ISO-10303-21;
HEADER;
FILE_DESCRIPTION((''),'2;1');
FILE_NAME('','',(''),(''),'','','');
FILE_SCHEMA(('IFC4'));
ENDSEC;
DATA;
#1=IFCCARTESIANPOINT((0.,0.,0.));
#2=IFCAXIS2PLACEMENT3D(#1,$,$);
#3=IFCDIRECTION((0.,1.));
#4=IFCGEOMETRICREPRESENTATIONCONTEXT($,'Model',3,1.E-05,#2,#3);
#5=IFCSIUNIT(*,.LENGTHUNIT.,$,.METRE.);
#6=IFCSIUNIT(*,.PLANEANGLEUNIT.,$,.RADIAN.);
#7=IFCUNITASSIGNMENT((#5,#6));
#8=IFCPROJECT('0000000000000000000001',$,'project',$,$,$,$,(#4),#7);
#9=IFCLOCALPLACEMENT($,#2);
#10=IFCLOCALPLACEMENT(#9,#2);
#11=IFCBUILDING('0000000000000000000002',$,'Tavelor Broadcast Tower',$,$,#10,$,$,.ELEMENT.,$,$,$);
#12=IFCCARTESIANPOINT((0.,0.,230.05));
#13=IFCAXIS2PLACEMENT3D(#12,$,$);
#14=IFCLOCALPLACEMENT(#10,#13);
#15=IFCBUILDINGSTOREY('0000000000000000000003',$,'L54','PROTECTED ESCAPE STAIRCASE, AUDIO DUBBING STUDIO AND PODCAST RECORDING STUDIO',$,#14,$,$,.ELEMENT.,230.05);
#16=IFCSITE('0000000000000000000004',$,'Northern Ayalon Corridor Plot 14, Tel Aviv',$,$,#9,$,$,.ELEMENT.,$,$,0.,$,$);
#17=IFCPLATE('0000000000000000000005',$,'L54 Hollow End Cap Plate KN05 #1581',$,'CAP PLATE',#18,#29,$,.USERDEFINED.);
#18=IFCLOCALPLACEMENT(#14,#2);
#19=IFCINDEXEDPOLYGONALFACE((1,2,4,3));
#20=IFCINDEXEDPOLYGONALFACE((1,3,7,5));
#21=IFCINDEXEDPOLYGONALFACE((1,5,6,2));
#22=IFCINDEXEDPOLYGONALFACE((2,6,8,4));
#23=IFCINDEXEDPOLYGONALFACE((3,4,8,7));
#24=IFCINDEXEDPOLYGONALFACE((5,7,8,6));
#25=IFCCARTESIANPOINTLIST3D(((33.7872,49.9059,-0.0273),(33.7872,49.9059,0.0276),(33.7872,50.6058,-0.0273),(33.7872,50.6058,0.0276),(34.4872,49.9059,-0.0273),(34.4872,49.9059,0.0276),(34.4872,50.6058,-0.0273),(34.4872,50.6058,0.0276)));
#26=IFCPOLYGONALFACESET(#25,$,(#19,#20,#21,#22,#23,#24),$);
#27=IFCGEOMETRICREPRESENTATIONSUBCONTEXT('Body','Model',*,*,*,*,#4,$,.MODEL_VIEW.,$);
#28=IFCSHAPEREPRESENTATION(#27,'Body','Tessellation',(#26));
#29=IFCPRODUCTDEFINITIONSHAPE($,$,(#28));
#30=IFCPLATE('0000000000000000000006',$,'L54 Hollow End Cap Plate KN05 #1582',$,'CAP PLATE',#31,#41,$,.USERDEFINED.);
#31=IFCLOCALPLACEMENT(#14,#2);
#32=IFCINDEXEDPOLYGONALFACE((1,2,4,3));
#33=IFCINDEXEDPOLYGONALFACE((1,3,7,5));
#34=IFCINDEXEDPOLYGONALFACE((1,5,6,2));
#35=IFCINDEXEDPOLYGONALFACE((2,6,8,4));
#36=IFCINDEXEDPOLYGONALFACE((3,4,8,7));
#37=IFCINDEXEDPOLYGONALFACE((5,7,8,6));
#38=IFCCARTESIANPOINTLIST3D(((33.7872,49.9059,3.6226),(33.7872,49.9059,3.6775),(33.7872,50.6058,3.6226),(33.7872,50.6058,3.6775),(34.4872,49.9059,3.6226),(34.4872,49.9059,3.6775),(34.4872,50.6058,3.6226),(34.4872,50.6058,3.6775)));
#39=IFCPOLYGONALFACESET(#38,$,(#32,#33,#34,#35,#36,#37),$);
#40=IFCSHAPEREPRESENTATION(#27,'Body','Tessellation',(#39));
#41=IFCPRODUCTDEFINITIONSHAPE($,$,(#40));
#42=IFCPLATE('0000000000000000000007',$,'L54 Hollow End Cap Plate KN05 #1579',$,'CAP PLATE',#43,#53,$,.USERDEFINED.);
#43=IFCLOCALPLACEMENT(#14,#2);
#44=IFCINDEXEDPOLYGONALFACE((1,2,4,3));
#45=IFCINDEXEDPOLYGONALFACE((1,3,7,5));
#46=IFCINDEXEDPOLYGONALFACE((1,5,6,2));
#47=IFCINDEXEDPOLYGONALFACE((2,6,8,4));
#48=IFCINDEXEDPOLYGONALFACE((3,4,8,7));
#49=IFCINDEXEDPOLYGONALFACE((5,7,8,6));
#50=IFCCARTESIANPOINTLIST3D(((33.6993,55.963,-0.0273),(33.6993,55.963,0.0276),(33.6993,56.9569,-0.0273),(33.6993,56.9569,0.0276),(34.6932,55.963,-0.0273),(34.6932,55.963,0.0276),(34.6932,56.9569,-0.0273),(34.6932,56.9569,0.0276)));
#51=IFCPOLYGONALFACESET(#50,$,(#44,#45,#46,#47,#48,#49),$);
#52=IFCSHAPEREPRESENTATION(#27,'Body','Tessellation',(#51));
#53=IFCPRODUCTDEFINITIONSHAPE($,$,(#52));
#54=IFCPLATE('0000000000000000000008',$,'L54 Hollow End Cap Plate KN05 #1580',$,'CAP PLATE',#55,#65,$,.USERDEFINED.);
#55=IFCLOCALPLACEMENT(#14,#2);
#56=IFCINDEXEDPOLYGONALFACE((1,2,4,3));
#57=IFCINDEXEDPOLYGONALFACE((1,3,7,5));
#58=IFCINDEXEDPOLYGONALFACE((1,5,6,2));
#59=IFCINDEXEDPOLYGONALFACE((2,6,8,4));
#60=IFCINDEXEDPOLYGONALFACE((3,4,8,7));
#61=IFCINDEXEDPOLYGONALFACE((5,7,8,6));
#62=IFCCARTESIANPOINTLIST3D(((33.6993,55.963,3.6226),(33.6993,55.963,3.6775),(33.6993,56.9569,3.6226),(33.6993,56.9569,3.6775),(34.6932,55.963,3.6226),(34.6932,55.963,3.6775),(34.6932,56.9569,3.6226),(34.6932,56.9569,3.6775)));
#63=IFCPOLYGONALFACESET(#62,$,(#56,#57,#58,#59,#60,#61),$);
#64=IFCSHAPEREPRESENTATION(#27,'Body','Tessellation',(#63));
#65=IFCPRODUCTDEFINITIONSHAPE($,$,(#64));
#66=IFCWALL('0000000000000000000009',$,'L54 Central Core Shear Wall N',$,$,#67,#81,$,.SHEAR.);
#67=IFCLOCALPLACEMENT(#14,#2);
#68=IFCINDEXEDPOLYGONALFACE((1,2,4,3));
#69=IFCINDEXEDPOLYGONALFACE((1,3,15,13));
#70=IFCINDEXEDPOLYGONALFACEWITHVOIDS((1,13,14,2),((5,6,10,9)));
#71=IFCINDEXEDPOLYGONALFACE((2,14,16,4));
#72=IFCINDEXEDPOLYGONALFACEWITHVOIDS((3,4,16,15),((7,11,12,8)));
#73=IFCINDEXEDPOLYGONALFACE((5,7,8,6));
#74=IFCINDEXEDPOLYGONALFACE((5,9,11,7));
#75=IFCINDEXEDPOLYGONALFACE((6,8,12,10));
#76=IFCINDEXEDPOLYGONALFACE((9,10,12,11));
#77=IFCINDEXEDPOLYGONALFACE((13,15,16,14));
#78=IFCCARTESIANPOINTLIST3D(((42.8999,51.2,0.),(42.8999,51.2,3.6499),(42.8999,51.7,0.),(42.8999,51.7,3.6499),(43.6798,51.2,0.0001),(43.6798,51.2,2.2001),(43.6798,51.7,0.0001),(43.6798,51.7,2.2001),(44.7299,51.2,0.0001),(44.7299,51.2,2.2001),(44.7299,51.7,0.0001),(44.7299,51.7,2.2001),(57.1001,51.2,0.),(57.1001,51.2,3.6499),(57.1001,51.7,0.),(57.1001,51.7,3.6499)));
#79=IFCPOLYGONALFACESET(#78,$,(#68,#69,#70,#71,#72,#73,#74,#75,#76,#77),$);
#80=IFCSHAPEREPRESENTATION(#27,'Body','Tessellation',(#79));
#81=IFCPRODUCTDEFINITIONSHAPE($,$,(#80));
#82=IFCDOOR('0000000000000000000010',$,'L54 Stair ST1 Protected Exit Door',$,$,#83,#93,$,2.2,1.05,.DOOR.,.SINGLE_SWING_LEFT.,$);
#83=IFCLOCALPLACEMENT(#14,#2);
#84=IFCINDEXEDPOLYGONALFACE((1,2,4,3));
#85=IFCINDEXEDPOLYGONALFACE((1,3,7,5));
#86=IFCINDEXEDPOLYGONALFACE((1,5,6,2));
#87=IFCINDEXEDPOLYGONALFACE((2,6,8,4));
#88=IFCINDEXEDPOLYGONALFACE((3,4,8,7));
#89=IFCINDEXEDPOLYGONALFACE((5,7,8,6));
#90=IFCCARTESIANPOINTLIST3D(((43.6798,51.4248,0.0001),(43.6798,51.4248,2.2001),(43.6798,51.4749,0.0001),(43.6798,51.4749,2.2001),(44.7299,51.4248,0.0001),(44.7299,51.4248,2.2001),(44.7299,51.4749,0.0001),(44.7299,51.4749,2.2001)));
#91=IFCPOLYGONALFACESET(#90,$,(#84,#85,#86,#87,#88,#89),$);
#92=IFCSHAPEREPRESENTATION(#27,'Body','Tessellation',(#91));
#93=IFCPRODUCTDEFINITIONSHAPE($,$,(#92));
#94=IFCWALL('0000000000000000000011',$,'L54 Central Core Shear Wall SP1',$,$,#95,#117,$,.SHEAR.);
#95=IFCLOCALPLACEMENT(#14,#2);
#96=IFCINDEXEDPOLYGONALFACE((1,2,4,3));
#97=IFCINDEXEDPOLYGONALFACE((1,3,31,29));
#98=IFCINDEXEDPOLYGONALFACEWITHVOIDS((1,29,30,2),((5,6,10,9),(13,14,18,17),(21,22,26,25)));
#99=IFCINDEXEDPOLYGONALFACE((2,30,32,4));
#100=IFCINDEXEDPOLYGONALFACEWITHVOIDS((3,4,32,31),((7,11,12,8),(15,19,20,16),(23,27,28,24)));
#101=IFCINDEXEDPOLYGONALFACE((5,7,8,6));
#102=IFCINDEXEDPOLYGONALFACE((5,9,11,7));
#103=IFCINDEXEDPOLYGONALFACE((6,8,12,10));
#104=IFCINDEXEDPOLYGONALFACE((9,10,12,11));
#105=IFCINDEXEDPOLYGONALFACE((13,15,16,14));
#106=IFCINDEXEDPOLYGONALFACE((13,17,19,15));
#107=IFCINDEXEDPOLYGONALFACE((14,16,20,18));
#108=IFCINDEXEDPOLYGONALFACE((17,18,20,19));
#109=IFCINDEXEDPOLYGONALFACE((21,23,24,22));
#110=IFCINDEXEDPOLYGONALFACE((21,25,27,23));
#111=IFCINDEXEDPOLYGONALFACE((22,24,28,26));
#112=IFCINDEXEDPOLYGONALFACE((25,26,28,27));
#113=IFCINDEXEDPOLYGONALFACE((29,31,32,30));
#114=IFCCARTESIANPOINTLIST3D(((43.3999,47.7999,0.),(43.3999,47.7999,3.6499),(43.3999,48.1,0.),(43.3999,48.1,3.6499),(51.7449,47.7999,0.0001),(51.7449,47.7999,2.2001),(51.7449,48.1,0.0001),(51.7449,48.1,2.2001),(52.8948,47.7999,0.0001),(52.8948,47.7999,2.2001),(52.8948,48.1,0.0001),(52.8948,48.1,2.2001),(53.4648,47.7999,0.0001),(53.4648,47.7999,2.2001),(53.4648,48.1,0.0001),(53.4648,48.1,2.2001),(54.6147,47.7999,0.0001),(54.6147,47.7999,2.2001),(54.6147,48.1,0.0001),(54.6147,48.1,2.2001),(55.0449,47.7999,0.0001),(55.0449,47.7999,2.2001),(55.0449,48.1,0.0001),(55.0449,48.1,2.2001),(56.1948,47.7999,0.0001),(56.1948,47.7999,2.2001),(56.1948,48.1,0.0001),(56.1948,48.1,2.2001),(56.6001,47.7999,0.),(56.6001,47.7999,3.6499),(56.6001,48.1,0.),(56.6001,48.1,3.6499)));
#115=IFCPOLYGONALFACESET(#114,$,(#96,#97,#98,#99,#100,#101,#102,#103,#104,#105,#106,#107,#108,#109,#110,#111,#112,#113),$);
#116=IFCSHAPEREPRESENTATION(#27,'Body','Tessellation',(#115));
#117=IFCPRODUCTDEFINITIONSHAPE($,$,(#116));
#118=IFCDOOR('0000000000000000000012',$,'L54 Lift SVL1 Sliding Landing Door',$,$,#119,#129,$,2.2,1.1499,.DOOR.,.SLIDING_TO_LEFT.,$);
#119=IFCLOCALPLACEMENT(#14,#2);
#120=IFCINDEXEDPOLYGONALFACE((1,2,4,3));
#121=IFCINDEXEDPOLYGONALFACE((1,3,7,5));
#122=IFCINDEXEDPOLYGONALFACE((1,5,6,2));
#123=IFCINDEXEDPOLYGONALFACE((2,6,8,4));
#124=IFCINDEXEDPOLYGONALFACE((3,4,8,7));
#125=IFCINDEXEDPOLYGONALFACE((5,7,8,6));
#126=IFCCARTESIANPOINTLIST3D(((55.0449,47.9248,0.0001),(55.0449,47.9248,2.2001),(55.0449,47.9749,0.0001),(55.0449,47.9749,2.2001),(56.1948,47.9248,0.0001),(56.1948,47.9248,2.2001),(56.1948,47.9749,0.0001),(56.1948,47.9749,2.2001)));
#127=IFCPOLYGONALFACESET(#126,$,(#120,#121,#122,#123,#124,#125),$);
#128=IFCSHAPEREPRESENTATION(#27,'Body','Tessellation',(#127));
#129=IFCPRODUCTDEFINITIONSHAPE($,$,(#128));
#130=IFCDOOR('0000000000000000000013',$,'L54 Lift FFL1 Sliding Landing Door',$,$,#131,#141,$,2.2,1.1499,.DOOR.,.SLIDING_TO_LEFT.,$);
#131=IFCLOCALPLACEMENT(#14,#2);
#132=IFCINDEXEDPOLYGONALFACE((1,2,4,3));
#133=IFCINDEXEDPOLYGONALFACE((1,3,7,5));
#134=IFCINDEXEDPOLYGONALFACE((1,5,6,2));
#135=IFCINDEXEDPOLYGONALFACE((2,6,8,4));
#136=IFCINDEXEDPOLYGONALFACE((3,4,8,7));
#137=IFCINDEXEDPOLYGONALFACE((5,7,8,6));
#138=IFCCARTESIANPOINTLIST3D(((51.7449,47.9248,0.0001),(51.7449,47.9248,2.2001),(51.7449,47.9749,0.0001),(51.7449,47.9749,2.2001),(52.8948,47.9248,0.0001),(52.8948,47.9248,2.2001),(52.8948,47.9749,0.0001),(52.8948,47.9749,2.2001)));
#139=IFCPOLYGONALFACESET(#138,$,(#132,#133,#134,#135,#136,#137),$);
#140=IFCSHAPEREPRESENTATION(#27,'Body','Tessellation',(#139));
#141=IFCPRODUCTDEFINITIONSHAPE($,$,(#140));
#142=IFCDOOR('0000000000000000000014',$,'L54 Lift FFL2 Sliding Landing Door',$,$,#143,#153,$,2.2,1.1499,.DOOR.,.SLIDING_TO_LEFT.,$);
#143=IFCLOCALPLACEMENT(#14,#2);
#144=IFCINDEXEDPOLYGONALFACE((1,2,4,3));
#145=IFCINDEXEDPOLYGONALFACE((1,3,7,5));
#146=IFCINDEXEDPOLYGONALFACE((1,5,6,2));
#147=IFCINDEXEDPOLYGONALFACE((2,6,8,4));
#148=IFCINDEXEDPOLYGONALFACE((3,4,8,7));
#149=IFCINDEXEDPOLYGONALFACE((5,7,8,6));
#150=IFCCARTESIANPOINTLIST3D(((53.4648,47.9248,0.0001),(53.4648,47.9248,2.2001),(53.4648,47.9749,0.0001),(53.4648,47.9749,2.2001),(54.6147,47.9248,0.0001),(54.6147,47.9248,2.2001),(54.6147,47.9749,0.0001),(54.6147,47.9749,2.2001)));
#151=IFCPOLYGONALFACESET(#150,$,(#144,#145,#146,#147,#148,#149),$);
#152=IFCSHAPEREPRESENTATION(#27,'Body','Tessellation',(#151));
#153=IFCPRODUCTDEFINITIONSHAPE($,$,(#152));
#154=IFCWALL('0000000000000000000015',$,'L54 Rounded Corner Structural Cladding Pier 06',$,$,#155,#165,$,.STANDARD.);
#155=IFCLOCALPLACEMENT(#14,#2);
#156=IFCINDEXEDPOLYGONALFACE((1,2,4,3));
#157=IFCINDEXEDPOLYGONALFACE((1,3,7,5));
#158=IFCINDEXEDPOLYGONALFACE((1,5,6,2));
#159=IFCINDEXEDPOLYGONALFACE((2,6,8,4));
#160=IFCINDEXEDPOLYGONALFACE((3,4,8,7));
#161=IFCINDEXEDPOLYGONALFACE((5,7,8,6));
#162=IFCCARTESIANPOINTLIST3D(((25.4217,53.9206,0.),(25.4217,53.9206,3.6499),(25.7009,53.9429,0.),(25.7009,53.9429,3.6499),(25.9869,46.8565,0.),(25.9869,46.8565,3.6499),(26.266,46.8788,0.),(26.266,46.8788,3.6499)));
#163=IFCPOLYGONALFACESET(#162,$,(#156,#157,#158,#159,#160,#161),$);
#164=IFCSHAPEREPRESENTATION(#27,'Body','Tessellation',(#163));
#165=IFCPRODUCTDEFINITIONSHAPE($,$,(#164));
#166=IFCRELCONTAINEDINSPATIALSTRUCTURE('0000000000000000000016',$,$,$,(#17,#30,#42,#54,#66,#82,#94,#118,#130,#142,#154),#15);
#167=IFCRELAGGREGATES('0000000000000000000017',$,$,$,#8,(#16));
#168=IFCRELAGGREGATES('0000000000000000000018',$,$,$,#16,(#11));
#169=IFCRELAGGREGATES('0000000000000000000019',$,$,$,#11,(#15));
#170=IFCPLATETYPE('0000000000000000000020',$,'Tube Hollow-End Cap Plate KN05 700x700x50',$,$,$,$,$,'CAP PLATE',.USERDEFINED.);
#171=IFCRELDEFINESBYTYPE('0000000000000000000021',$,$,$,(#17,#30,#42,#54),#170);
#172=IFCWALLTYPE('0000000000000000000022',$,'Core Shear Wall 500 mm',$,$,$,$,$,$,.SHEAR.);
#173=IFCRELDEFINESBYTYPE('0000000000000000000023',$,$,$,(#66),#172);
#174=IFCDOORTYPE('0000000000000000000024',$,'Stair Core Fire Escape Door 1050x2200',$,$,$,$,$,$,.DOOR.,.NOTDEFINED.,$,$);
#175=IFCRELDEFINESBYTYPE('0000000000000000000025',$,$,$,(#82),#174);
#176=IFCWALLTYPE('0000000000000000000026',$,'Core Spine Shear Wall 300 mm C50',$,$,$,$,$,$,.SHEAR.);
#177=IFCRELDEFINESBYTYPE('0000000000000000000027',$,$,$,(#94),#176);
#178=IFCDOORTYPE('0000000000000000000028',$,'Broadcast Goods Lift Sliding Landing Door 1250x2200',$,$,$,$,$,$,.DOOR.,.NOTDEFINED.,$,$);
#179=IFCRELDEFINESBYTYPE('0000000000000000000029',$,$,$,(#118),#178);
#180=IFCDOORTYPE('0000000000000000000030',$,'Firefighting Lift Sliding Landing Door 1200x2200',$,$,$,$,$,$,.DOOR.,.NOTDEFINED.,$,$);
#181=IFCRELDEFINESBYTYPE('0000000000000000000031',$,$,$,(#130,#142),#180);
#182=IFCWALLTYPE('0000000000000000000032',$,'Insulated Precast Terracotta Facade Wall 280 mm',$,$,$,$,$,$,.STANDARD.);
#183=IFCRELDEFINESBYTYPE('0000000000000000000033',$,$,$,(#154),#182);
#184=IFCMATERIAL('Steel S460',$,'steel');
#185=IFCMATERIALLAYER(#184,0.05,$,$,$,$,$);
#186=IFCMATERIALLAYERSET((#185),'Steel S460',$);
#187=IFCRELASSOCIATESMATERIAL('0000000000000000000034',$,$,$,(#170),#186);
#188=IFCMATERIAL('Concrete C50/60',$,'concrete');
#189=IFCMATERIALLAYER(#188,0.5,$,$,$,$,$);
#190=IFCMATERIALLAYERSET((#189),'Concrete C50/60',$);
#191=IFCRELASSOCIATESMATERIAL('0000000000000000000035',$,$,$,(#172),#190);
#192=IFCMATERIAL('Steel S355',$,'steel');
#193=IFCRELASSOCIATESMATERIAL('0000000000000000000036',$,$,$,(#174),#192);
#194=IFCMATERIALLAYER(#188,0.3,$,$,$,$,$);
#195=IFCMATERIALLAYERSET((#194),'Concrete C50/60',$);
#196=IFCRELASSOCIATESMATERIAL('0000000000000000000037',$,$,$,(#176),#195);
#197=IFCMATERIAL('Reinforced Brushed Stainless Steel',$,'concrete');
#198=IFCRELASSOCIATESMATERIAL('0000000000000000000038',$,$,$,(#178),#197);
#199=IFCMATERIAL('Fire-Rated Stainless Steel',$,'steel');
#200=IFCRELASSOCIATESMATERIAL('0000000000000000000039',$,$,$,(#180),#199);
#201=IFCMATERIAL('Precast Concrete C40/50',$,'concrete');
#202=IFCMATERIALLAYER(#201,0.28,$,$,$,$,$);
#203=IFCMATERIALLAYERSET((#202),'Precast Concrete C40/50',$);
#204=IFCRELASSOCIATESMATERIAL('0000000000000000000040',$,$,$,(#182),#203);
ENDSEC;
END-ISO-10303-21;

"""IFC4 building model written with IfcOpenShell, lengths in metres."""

from ifc_helpers import new_model, si_unit, direction, frame, frame_2d, origin, origin_2d, place, context, subcontext, project, spatial, rectangle, extrude, source, transform, mapped, material, layer, layer_set, type_object, type_shapes, element, fill, save


model = new_model("IFC4")

# Units and contexts
model_context = context("Model", 3, precision=1e-05, world=origin(), true_north=direction((0.0, 1.0)))
body_context = subcontext(model_context, "Body", "Model", "MODEL_VIEW")
ifc_project = project(units=[si_unit("LENGTHUNIT", "METRE"), si_unit("PLANEANGLEUNIT", "RADIAN")], contexts=[model_context])

# Site, building, storey
site_placement = place(None, origin())
site = spatial("IfcSite", under=ifc_project, at=site_placement, Name="Northern Ayalon Corridor Plot 14, Tel Aviv", CompositionType="ELEMENT", RefElevation=0.0)
building_placement = place(site_placement, origin())
building = spatial("IfcBuilding", under=site, at=building_placement, Name="Tavelor Broadcast Tower", CompositionType="ELEMENT")
storey_placement = place(building_placement, frame((0.0, 0.0, 230.05)))
storey = spatial("IfcBuildingStorey", under=building, at=storey_placement, Name="L54", Description="PROTECTED ESCAPE STAIRCASE, AUDIO DUBBING STUDIO AND PODCAST RECORDING STUDIO", CompositionType="ELEMENT", Elevation=230.05)

# Shared definitions
ifc_material_1 = material(Name="Concrete C50/60", Category="concrete")
ifc_material_2 = material(Name="Steel S460", Category="steel")

# Shared definitions
ifc_material_3 = material(Name="Steel S355", Category="steel")

# Plates
ifc_layer_1 = layer(ifc_material_2, 0.05)
ifc_layer_set_1 = layer_set([ifc_layer_1], Name="Steel S460")
plate_type = type_object("IfcPlateType", Name="Tube Hollow-End Cap Plate KN05 700x700x50", ElementType="CAP PLATE", PredefinedType="USERDEFINED", material=ifc_layer_set_1)
shared_shape_1 = source(origin(), body_context, "Body", "SweptSolid", [
    extrude(rectangle(XDim=0.7, YDim=0.7, at=origin_2d()), origin(), (0.0, 0.0, 1.0), 0.0549),
])
for number, where, z_axis, x_axis, name in (
    (1, (34.1372, 50.2559, -0.0273), (0.0, 0.0, 1.0), (1.0, 0.0, 0.0), "L54 Hollow End Cap Plate KN05 #1581"),
    (2, (34.1372, 50.2559, 3.6226), (0.0, 0.0, 1.0), (1.0, 0.0, 0.0), "L54 Hollow End Cap Plate KN05 #1582"),
):
    element("IfcPlate", number, at=place(storey_placement, frame(where, z_axis=z_axis, x_axis=x_axis)), inside=storey, type_object=plate_type, Name=name, ObjectType="CAP PLATE", PredefinedType="USERDEFINED", context=body_context, shape_type="MappedRepresentation", body=[
        mapped(shared_shape_1, transform((0.0, 0.0, 0.0), scale=1.0)),
    ])
shared_shape_2 = source(origin(), body_context, "Body", "SweptSolid", [
    extrude(rectangle(XDim=0.9939, YDim=0.9939, at=origin_2d()), origin(), (0.0, 0.0, 1.0), 0.0549),
])
type_shapes(plate_type, [shared_shape_1, shared_shape_2])
for number, where, z_axis, x_axis, name in (
    (3, (34.1963, 56.46, -0.0273), (0.0, 0.0, 1.0), (1.0, 0.0, 0.0), "L54 Hollow End Cap Plate KN05 #1579"),
    (4, (34.1963, 56.46, 3.6226), (0.0, 0.0, 1.0), (1.0, 0.0, 0.0), "L54 Hollow End Cap Plate KN05 #1580"),
):
    element("IfcPlate", number, at=place(storey_placement, frame(where, z_axis=z_axis, x_axis=x_axis)), inside=storey, type_object=plate_type, Name=name, ObjectType="CAP PLATE", PredefinedType="USERDEFINED", context=body_context, shape_type="MappedRepresentation", body=[
        mapped(shared_shape_2, transform((0.0, 0.0, 0.0), scale=1.0)),
    ])

# Wall, opening, door
ifc_layer_2 = layer(ifc_material_1, 0.5)
ifc_layer_set_2 = layer_set([ifc_layer_2], Name="Concrete C50/60")
wall_type_1 = type_object("IfcWallType", Name="Core Shear Wall 500 mm", PredefinedType="SHEAR", material=ifc_layer_set_2)
wall_1_placement = place(storey_placement, frame((42.8999, 51.45, 0.0), z_axis=(0.0, 0.0, 1.0), x_axis=(1.0, 0.0, 0.0)))
wall_1 = element("IfcWall", 5, at=wall_1_placement, inside=storey, type_object=wall_type_1, Name="L54 Central Core Shear Wall N", PredefinedType="SHEAR", context=body_context, shape_type="SweptSolid", body=[
    extrude(rectangle(XDim=14.2002, YDim=0.5, at=frame_2d((7.1001, 0.0))), origin(), (0.0, 0.0, 1.0), 3.6499),
])
opening_1_placement = place(wall_1_placement, frame((0.78, 0.0, 0.0)))
opening_1 = element("IfcOpeningElement", 6, at=opening_1_placement, cuts=wall_1, PredefinedType="OPENING", context=body_context, shape_type="SweptSolid", body=[
    extrude(rectangle(XDim=1.05, YDim=2.2, at=frame_2d((0.5249, 1.1001))), frame((0.0, 0.26, 0.0), z_axis=(0.0, -1.0, 0.0), x_axis=(1.0, 0.0, 0.0)), (0.0, 0.0, 1.0), 0.52),
])
door_type_1 = type_object("IfcDoorType", Name="Stair Core Fire Escape Door 1050x2200", OperationType="NOTDEFINED", PredefinedType="DOOR", material=ifc_material_3)
door_1_placement = place(opening_1_placement, origin())
door_1 = element("IfcDoor", 7, at=door_1_placement, inside=storey, type_object=door_type_1, Name="L54 Stair ST1 Protected Exit Door", OperationType="SINGLE_SWING_LEFT", OverallHeight=2.2, OverallWidth=1.05, PredefinedType="DOOR", context=body_context, shape_type="SweptSolid", body=[
    extrude(rectangle(XDim=1.05, YDim=2.2, at=frame_2d((0.5249, 1.1001))), frame((0.0, 0.0249, 0.0), z_axis=(0.0, -1.0, 0.0), x_axis=(1.0, 0.0, 0.0)), (0.0, 0.0, 1.0), 0.05),
])
fill(opening_1, door_1)

# Wall, openings, doors
ifc_layer_3 = layer(ifc_material_1, 0.3)
ifc_layer_set_3 = layer_set([ifc_layer_3], Name="Concrete C50/60")
wall_type_2 = type_object("IfcWallType", Name="Core Spine Shear Wall 300 mm C50", PredefinedType="SHEAR", material=ifc_layer_set_3)
wall_2_placement = place(storey_placement, frame((43.3999, 47.95, 0.0), z_axis=(0.0, 0.0, 1.0), x_axis=(1.0, 0.0, 0.0)))
wall_2 = element("IfcWall", 8, at=wall_2_placement, inside=storey, type_object=wall_type_2, Name="L54 Central Core Shear Wall SP1", PredefinedType="SHEAR", context=body_context, shape_type="SweptSolid", body=[
    extrude(rectangle(XDim=13.2002, YDim=0.3, at=frame_2d((6.6001, 0.0))), origin(), (0.0, 0.0, 1.0), 3.6499),
])
opening_2_placement = place(wall_2_placement, frame((8.345, 0.0, 0.0)))
opening_2 = element("IfcOpeningElement", 9, at=opening_2_placement, cuts=wall_2, PredefinedType="OPENING", context=body_context, shape_type="SweptSolid", body=[
    extrude(rectangle(XDim=1.1499, YDim=2.2, at=frame_2d((0.575, 1.1001))), frame((0.0, 0.1602, 0.0), z_axis=(0.0, -1.0, 0.0), x_axis=(1.0, 0.0, 0.0)), (0.0, 0.0, 1.0), 0.3201),
])
opening_3_placement = place(wall_2_placement, frame((10.0649, 0.0, 0.0)))
opening_3 = element("IfcOpeningElement", 10, at=opening_3_placement, cuts=wall_2, PredefinedType="OPENING", context=body_context, shape_type="SweptSolid", body=[
    extrude(rectangle(XDim=1.1499, YDim=2.2, at=frame_2d((0.575, 1.1001))), frame((0.0, 0.1602, 0.0), z_axis=(0.0, -1.0, 0.0), x_axis=(1.0, 0.0, 0.0)), (0.0, 0.0, 1.0), 0.3201),
])
opening_4_placement = place(wall_2_placement, frame((11.645, 0.0, 0.0)))
opening_4 = element("IfcOpeningElement", 11, at=opening_4_placement, cuts=wall_2, PredefinedType="OPENING", context=body_context, shape_type="SweptSolid", body=[
    extrude(rectangle(XDim=1.1499, YDim=2.2, at=frame_2d((0.575, 1.1001))), frame((0.0, 0.1602, 0.0), z_axis=(0.0, -1.0, 0.0), x_axis=(1.0, 0.0, 0.0)), (0.0, 0.0, 1.0), 0.3201),
])
ifc_material_4 = material(Name="Reinforced Brushed Stainless Steel", Category="concrete")
door_type_2 = type_object("IfcDoorType", Name="Broadcast Goods Lift Sliding Landing Door 1250x2200", OperationType="NOTDEFINED", PredefinedType="DOOR", material=ifc_material_4)
door_2_placement = place(opening_4_placement, origin())
door_2 = element("IfcDoor", 12, at=door_2_placement, inside=storey, type_object=door_type_2, Name="L54 Lift SVL1 Sliding Landing Door", OperationType="SLIDING_TO_LEFT", OverallHeight=2.2, OverallWidth=1.1499, PredefinedType="DOOR", context=body_context, shape_type="SweptSolid", body=[
    extrude(rectangle(XDim=1.1499, YDim=2.2, at=frame_2d((0.575, 1.1001))), frame((0.0, 0.0249, 0.0), z_axis=(0.0, -1.0, 0.0), x_axis=(1.0, 0.0, 0.0)), (0.0, 0.0, 1.0), 0.05),
])
fill(opening_4, door_2)
ifc_material_5 = material(Name="Fire-Rated Stainless Steel", Category="steel")
door_type_3 = type_object("IfcDoorType", Name="Firefighting Lift Sliding Landing Door 1200x2200", OperationType="NOTDEFINED", PredefinedType="DOOR", material=ifc_material_5)
door_3_placement = place(opening_2_placement, origin())
door_3 = element("IfcDoor", 13, at=door_3_placement, inside=storey, type_object=door_type_3, Name="L54 Lift FFL1 Sliding Landing Door", OperationType="SLIDING_TO_LEFT", OverallHeight=2.2, OverallWidth=1.1499, PredefinedType="DOOR", context=body_context, shape_type="SweptSolid", body=[
    extrude(rectangle(XDim=1.1499, YDim=2.2, at=frame_2d((0.575, 1.1001))), frame((0.0, 0.0249, 0.0), z_axis=(0.0, -1.0, 0.0), x_axis=(1.0, 0.0, 0.0)), (0.0, 0.0, 1.0), 0.05),
])
fill(opening_2, door_3)
door_4_placement = place(opening_3_placement, origin())
door_4 = element("IfcDoor", 14, at=door_4_placement, inside=storey, type_object=door_type_3, Name="L54 Lift FFL2 Sliding Landing Door", OperationType="SLIDING_TO_LEFT", OverallHeight=2.2, OverallWidth=1.1499, PredefinedType="DOOR", context=body_context, shape_type="SweptSolid", body=[
    extrude(rectangle(XDim=1.1499, YDim=2.2, at=frame_2d((0.575, 1.1001))), frame((0.0, 0.0249, 0.0), z_axis=(0.0, -1.0, 0.0), x_axis=(1.0, 0.0, 0.0)), (0.0, 0.0, 1.0), 0.05),
])
fill(opening_3, door_4)

# Wall
ifc_material_6 = material(Name="Precast Concrete C40/50", Category="concrete")
ifc_layer_4 = layer(ifc_material_6, 0.28)
ifc_layer_set_4 = layer_set([ifc_layer_4], Name="Precast Concrete C40/50")
wall_type_3 = type_object("IfcWallType", Name="Insulated Precast Terracotta Facade Wall 280 mm", PredefinedType="STANDARD", material=ifc_layer_set_4)
wall_3_placement = place(storey_placement, frame((25.5613, 53.9319, 0.0), z_axis=(0.0, 0.0, 1.0), x_axis=(0.079752, -0.996815, 0.0)))
element("IfcWall", 15, at=wall_3_placement, inside=storey, type_object=wall_type_3, Name="L54 Rounded Corner Structural Cladding Pier 06", PredefinedType="STANDARD", context=body_context, shape_type="SweptSolid", body=[
    extrude(rectangle(XDim=7.0867, YDim=0.28, at=frame_2d((3.5435, 0.0))), origin(), (0.0, 0.0, 1.0), 3.6499),
])

save(model, "model.ifc")
